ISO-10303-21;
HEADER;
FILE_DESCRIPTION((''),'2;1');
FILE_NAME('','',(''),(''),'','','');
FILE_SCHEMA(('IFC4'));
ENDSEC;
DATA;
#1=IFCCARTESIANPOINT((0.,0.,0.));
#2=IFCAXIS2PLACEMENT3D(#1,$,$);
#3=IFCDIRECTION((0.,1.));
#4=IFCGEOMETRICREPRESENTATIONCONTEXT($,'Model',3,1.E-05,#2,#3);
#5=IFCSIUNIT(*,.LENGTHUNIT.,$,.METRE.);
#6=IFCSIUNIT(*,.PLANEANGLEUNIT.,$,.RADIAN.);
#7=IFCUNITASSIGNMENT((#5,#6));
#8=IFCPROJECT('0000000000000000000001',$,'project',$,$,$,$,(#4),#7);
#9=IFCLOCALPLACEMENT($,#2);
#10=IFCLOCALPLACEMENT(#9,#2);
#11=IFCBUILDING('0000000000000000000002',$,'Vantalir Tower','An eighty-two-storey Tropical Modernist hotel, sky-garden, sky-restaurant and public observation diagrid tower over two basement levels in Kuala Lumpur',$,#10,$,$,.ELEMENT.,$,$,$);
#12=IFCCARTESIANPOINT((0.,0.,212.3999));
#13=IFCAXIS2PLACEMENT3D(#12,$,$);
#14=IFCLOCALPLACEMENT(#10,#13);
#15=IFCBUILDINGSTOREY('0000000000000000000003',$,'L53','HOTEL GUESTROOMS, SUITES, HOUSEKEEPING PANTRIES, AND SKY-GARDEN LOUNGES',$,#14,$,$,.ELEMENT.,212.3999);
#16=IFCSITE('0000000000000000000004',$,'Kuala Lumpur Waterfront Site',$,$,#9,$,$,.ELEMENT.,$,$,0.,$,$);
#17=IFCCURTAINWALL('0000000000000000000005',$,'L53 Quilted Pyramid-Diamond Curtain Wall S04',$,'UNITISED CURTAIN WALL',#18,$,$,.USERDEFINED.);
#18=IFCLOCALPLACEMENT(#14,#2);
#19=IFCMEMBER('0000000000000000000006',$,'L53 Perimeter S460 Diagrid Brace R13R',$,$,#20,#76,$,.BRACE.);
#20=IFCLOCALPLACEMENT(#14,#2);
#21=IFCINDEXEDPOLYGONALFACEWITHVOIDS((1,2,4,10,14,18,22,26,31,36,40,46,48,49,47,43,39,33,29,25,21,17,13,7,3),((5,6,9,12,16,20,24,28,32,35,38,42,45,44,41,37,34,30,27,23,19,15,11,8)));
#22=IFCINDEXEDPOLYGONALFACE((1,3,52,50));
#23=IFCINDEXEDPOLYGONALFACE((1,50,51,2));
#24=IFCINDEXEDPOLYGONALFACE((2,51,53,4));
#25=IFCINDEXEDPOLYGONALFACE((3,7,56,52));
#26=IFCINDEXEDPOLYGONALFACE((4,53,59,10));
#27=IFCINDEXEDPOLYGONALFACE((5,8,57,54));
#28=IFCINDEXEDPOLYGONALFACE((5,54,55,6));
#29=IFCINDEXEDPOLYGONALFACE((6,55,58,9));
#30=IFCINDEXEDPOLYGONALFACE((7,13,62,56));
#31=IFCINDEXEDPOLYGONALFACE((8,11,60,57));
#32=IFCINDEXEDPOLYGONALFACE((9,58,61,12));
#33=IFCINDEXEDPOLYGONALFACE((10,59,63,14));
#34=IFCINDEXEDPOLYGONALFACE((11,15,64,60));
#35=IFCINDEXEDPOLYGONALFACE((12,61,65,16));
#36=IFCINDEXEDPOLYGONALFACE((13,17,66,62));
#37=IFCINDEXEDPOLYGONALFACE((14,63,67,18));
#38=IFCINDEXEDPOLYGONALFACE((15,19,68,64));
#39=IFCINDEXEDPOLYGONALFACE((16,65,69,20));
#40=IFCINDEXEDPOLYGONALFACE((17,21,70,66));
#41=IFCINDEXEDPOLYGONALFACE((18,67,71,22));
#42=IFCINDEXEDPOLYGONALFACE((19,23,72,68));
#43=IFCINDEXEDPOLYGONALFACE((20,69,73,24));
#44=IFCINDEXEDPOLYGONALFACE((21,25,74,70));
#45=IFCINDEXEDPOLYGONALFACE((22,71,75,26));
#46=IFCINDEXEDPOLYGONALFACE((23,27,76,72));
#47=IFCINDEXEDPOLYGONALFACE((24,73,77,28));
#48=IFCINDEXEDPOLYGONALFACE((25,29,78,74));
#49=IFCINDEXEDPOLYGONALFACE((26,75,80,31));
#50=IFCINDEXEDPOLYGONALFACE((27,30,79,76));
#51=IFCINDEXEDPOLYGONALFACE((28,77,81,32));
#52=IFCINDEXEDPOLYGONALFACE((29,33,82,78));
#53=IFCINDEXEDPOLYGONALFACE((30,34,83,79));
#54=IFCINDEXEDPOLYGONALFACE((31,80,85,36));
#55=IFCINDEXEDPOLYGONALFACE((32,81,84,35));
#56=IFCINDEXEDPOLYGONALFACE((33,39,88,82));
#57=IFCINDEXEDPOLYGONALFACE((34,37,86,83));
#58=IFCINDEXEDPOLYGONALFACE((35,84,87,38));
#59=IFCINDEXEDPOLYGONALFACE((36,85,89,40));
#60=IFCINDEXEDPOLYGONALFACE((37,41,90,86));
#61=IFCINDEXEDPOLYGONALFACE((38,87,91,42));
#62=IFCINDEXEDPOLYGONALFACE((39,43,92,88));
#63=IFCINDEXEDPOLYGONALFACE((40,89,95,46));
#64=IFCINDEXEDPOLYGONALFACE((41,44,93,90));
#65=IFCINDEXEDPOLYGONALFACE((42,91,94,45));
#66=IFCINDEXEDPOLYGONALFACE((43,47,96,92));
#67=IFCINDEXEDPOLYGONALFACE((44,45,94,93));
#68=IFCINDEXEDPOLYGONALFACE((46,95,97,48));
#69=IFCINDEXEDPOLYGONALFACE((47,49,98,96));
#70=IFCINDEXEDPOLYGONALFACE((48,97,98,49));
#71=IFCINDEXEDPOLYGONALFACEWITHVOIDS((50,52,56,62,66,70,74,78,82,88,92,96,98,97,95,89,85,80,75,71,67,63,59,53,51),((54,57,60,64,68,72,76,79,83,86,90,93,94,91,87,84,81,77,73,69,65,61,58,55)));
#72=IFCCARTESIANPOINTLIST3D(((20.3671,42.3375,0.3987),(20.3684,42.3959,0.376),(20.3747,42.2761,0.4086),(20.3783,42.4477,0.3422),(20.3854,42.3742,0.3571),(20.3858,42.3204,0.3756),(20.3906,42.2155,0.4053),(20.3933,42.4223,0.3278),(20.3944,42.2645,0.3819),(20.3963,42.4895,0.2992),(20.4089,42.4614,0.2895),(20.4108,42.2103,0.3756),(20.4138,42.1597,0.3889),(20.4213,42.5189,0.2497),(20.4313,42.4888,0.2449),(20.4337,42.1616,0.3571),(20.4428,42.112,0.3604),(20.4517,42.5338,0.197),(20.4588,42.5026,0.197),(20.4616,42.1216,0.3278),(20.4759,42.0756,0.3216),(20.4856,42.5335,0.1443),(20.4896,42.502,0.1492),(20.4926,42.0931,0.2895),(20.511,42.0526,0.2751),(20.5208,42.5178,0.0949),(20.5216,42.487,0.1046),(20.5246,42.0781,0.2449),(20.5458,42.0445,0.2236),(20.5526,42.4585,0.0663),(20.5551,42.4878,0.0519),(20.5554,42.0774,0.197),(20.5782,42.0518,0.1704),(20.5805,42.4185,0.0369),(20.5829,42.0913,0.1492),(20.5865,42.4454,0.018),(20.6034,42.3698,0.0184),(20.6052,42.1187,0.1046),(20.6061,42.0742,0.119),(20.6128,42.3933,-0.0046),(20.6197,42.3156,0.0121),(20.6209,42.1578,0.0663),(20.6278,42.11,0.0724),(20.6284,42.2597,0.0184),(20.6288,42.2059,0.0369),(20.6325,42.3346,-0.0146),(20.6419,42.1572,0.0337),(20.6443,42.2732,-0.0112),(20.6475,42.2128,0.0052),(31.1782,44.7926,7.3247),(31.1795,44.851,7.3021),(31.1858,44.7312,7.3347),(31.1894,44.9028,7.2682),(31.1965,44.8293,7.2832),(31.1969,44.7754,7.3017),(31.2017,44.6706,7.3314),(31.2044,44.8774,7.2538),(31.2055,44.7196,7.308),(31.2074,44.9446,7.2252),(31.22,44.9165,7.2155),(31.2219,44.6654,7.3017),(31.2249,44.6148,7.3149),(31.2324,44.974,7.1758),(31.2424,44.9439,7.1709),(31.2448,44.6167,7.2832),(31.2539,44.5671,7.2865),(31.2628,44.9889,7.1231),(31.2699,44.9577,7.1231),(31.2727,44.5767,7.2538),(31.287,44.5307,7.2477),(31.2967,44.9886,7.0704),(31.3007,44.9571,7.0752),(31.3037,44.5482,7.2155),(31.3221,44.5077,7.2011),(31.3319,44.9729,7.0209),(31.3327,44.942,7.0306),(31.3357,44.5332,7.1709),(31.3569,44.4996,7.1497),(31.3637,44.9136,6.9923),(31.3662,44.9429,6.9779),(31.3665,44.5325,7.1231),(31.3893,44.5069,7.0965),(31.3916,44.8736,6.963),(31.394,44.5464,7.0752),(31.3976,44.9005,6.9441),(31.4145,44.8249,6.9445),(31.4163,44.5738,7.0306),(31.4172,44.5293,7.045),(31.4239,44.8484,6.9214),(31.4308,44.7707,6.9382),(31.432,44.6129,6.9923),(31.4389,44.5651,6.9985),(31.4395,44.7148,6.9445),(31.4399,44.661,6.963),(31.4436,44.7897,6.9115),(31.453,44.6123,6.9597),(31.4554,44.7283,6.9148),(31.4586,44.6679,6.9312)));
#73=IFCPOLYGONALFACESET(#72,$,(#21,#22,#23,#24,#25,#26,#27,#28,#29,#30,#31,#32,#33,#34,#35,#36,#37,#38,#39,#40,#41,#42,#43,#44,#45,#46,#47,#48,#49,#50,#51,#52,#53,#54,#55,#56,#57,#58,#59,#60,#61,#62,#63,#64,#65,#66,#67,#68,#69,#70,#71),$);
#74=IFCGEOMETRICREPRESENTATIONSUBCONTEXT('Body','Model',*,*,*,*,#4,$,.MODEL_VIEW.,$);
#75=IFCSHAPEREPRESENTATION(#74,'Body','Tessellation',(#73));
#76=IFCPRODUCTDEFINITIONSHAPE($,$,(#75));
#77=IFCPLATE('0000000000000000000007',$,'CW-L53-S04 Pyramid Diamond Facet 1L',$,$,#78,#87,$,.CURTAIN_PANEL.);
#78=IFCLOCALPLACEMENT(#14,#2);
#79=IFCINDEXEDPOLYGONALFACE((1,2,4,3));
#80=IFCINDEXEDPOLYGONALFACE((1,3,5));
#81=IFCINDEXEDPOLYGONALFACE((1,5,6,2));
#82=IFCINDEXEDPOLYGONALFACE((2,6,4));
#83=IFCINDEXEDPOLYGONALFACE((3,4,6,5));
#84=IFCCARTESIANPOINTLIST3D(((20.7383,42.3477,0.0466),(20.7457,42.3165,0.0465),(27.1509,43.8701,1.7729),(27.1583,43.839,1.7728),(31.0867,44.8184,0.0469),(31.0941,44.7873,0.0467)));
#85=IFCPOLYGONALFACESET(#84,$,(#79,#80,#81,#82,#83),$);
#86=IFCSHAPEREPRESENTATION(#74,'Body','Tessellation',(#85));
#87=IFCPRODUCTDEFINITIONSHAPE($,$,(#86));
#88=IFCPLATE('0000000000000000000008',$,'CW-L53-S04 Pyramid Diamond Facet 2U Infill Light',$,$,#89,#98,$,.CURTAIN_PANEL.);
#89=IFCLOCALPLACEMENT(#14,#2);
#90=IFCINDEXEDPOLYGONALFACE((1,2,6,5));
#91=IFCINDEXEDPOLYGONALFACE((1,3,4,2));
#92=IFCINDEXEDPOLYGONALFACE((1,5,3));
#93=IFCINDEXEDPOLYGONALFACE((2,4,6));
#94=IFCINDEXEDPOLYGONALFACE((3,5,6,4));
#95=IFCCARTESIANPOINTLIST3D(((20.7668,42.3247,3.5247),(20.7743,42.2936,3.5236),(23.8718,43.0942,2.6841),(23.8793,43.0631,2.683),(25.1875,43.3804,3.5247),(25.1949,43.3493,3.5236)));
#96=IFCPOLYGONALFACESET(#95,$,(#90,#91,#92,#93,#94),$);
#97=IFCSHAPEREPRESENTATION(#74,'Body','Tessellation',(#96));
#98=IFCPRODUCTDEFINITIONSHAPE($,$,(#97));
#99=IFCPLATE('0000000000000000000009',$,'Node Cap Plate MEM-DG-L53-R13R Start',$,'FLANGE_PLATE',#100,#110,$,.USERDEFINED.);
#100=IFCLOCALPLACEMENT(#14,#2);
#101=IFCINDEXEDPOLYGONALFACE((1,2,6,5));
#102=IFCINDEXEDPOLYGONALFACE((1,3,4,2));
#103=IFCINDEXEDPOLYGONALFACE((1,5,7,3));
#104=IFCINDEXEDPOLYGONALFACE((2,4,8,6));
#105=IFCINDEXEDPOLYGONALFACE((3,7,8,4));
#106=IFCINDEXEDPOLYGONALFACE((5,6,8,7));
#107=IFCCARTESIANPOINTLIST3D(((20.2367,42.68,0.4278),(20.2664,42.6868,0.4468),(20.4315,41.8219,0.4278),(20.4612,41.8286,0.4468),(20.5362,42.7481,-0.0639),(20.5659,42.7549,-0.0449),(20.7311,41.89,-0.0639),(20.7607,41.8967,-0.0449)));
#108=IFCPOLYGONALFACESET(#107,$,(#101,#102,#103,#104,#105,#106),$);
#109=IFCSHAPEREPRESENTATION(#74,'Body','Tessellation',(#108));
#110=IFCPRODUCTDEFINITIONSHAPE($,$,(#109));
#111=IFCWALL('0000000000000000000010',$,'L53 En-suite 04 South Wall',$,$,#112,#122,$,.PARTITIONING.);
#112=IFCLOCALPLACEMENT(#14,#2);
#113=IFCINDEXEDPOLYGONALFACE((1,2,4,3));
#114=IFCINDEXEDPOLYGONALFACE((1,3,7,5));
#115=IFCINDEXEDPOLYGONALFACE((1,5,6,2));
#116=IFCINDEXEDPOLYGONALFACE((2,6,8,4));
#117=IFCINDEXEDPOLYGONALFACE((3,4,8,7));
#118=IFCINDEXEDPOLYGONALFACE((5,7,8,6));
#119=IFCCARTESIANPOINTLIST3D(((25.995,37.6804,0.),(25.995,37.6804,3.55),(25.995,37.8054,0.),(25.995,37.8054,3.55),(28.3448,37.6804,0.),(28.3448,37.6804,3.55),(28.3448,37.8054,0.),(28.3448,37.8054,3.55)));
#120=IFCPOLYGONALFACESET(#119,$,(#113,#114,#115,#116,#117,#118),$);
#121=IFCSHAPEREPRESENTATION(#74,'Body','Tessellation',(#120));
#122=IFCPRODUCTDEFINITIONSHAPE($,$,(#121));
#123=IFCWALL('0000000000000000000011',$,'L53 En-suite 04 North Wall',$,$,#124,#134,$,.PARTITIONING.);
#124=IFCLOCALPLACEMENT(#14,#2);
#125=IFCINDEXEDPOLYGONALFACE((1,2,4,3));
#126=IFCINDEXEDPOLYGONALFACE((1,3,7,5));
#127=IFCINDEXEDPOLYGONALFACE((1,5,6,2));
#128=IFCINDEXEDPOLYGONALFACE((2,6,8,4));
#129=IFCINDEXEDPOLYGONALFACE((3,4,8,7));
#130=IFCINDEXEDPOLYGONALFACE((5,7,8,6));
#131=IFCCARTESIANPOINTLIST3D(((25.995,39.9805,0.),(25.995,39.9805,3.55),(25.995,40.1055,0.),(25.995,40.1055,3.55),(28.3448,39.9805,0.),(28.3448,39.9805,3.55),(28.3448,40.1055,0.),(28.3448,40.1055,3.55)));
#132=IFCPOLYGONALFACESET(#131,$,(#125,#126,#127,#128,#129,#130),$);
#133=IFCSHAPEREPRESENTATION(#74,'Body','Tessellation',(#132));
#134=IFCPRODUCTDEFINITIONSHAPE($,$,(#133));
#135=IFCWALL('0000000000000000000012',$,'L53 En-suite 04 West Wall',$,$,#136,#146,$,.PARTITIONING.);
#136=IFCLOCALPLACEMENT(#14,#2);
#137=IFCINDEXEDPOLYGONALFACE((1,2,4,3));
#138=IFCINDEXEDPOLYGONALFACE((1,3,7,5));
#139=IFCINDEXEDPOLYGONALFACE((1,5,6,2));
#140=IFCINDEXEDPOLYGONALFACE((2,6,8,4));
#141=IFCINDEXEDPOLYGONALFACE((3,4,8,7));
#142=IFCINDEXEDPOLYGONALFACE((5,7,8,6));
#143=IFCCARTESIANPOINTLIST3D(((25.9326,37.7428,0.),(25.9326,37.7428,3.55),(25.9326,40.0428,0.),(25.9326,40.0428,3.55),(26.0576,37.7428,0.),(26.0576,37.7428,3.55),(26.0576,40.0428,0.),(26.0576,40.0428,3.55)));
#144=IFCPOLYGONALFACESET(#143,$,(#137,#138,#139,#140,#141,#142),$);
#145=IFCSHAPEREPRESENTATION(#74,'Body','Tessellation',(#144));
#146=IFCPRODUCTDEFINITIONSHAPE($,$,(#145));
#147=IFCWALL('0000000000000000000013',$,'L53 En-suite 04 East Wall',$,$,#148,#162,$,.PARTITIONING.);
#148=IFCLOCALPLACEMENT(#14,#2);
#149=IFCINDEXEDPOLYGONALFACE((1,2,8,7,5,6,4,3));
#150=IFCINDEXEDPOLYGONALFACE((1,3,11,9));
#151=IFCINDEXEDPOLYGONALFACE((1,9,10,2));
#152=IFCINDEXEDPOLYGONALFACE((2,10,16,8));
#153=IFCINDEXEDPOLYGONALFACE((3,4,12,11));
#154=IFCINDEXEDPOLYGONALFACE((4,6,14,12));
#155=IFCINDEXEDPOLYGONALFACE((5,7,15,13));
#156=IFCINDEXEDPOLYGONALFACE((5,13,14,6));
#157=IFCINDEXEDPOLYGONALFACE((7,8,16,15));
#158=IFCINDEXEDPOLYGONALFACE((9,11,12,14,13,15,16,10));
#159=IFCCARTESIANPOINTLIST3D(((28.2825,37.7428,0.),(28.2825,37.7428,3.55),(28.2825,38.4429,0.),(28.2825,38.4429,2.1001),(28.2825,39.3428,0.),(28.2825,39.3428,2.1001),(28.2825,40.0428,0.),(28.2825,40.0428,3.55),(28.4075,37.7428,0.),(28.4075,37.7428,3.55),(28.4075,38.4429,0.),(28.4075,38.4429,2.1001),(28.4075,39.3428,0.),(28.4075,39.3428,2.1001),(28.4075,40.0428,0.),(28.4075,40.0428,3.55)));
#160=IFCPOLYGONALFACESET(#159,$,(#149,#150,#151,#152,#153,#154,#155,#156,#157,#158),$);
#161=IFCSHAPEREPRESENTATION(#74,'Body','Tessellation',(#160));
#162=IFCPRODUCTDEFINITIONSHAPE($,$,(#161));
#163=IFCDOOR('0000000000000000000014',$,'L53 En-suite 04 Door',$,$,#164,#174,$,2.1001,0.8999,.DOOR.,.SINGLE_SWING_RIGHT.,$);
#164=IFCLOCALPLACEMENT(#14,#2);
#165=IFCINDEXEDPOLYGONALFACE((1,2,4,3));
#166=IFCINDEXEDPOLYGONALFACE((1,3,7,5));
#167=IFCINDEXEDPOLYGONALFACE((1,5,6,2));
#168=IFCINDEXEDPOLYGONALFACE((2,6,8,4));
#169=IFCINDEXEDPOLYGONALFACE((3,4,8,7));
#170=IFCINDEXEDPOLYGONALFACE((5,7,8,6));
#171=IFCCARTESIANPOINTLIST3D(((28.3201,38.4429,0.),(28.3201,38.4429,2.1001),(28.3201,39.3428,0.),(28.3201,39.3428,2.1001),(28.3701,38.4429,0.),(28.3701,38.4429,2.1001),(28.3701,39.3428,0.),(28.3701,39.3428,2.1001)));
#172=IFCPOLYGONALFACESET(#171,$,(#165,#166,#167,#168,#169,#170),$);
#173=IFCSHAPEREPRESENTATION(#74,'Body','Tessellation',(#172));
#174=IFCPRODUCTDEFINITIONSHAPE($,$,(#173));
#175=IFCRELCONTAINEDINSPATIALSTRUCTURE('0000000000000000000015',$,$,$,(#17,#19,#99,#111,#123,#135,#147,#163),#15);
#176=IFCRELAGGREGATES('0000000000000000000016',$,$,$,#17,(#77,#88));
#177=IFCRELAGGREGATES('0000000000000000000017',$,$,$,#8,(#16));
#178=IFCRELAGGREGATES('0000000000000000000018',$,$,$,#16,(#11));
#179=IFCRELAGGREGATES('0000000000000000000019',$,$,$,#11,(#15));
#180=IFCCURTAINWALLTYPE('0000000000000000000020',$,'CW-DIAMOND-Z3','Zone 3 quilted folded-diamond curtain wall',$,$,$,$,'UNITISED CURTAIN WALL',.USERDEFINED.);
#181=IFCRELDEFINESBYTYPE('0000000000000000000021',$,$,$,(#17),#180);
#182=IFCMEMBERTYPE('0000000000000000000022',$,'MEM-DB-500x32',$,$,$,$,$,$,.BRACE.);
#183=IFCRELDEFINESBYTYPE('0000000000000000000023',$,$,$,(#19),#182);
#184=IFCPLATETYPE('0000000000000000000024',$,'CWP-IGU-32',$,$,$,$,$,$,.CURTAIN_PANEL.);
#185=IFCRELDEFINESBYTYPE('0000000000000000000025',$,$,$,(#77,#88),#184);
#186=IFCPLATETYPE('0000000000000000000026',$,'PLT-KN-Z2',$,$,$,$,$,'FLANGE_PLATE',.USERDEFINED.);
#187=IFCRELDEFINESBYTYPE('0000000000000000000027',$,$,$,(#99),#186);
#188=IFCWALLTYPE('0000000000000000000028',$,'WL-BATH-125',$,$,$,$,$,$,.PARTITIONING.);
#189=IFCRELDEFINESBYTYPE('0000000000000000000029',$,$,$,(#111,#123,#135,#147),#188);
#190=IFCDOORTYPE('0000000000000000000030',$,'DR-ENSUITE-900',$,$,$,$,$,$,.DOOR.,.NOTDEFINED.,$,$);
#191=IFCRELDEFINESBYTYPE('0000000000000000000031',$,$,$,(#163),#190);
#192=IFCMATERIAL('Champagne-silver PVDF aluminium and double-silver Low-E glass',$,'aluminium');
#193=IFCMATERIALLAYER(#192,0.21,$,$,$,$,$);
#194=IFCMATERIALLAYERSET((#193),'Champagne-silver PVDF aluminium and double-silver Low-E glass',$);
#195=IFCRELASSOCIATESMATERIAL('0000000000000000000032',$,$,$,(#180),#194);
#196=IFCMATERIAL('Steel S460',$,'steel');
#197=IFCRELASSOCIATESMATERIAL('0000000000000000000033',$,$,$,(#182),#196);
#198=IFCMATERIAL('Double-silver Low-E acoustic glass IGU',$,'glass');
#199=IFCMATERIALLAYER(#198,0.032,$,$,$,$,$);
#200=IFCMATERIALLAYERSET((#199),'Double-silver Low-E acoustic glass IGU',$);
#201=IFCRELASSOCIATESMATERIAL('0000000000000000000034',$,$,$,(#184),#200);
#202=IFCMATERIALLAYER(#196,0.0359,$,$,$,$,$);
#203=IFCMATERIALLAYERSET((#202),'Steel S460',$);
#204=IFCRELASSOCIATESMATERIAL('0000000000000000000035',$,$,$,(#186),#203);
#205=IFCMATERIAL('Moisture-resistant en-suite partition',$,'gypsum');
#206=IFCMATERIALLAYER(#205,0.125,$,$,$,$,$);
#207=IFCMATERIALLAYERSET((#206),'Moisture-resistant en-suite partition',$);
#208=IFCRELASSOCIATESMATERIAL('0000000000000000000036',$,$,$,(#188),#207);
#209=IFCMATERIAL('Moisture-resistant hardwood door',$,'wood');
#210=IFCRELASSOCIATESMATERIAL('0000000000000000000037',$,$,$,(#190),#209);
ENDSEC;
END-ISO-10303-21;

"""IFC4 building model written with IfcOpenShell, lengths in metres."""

from ifc_helpers import new_model, si_unit, direction, frame, frame_2d, origin, origin_2d, place, context, subcontext, project, spatial, polyline, rectangle, hollow_circle, outline, extrude, material, layer, layer_set, material_profile, profile_set, type_object, element, fill, aggregate, save


model = new_model("IFC4")

# Units and contexts
model_context = context("Model", 3, precision=1e-05, world=origin(), true_north=direction((0.0, 1.0)))
body_context = subcontext(model_context, "Body", "Model", "MODEL_VIEW")
ifc_project = project(units=[si_unit("LENGTHUNIT", "METRE"), si_unit("PLANEANGLEUNIT", "RADIAN")], contexts=[model_context])

# Site, building, storey
site_placement = place(None, origin())
site = spatial("IfcSite", under=ifc_project, at=site_placement, Name="Kuala Lumpur Waterfront Site", CompositionType="ELEMENT", RefElevation=0.0)
building_placement = place(site_placement, origin())
building = spatial("IfcBuilding", under=site, at=building_placement, Name="Vantalir Tower", Description="An eighty-two-storey Tropical Modernist hotel, sky-garden, sky-restaurant and public observation diagrid tower over two basement levels in Kuala Lumpur", CompositionType="ELEMENT")
storey_placement = place(building_placement, frame((0.0, 0.0, 212.3999)))
storey = spatial("IfcBuildingStorey", under=building, at=storey_placement, Name="L53", Description="HOTEL GUESTROOMS, SUITES, HOUSEKEEPING PANTRIES, AND SKY-GARDEN LOUNGES", CompositionType="ELEMENT", Elevation=212.3999)

# Shared definitions
ifc_material_1 = material(Name="Steel S460", Category="steel")

# Curtain wall
ifc_material_2 = material(Name="Champagne-silver PVDF aluminium and double-silver Low-E glass", Category="aluminium")
ifc_layer_1 = layer(ifc_material_2, 0.21)
ifc_layer_set_1 = layer_set([ifc_layer_1], Name="Champagne-silver PVDF aluminium and double-silver Low-E glass")
curtain_wall_type = type_object("IfcCurtainWallType", Name="CW-DIAMOND-Z3", Description="Zone 3 quilted folded-diamond curtain wall", ElementType="UNITISED CURTAIN WALL", PredefinedType="USERDEFINED", material=ifc_layer_set_1)
curtain_wall_placement = place(storey_placement, origin())
curtain_wall = element("IfcCurtainWall", 1, at=curtain_wall_placement, inside=storey, type_object=curtain_wall_type, Name="L53 Quilted Pyramid-Diamond Curtain Wall S04", ObjectType="UNITISED CURTAIN WALL", PredefinedType="USERDEFINED")

# Member
ifc_material_profile_1 = material_profile(ifc_material_1, hollow_circle(Radius=0.25, WallThickness=0.032, at=origin_2d()), Name="Steel S460")
ifc_profile_set_1 = profile_set([ifc_material_profile_1], Name="Steel S460")
member_type_1 = type_object("IfcMemberType", Name="MEM-DB-500x32", PredefinedType="BRACE", material=ifc_profile_set_1)
member_1_placement = place(storey_placement, frame((20.5071, 42.29, 0.197), z_axis=(0.827041, 0.187813, 0.529839), x_axis=(-0.221452, 0.975171, 0.0)))
element("IfcMember", 2, at=member_1_placement, inside=storey, type_object=member_type_1, Name="L53 Perimeter S460 Diagrid Brace R13R", PredefinedType="BRACE", context=body_context, shape_type="SweptSolid", body=[
    extrude(hollow_circle(Radius=0.25, WallThickness=0.032, at=origin_2d()), origin(), (0.0, 0.0, 1.0), 13.072),
])

# Plates
ifc_material_3 = material(Name="Double-silver Low-E acoustic glass IGU", Category="glass")
ifc_layer_2 = layer(ifc_material_3, 0.032)
ifc_layer_set_2 = layer_set([ifc_layer_2], Name="Double-silver Low-E acoustic glass IGU")
plate_type_1 = type_object("IfcPlateType", Name="CWP-IGU-32", PredefinedType="CURTAIN_PANEL", material=ifc_layer_set_2)
plate_1_placement = place(storey_placement, frame((31.0867, 44.8184, 0.0469), z_axis=(-0.232223, 0.972651, 0.004825), x_axis=(-0.972662, -0.232225, -0.000023)))
plate_1 = element("IfcPlate", 3, at=plate_1_placement, type_object=plate_type_1, Name="CW-L53-S04 Pyramid Diamond Facet 1L", PredefinedType="CURTAIN_PANEL", context=body_context, shape_type="SweptSolid", body=[
    extrude(outline(polyline([(0.0, 0.0), (10.6392, 0.0), (4.0484, 1.7262), (0.0, 0.0)])), origin(), (0.0, 0.0, -1.0), 0.032),
])
plate_2_placement = place(storey_placement, frame((25.1875, 43.3804, 3.5247), z_axis=(-0.232149, 0.972139, 0.032444), x_axis=(-0.972651, -0.232272, 0.0)))
plate_2 = element("IfcPlate", 4, at=plate_2_placement, type_object=plate_type_1, Name="CW-L53-S04 Pyramid Diamond Facet 2U Infill Light", PredefinedType="CURTAIN_PANEL", context=body_context, shape_type="SweptSolid", body=[
    extrude(outline(polyline([(0.0, 0.0), (4.545, 0.0), (1.3462, -0.841), (0.0, 0.0)])), origin(), (0.0, 0.0, -1.0), 0.032),
])
aggregate(curtain_wall, [plate_1, plate_2])
ifc_layer_3 = layer(ifc_material_1, 0.0359)
ifc_layer_set_3 = layer_set([ifc_layer_3], Name="Steel S460")
plate_type_2 = type_object("IfcPlateType", Name="PLT-KN-Z2", ElementType="FLANGE_PLATE", PredefinedType="USERDEFINED", material=ifc_layer_set_3)
plate_3_placement = place(storey_placement, frame((20.7607, 41.8967, -0.0449), z_axis=(0.827034, 0.187759, 0.529869), x_axis=(-0.221393, 0.975185, 0.0)))
element("IfcPlate", 5, at=plate_3_placement, inside=storey, type_object=plate_type_2, Name="Node Cap Plate MEM-DG-L53-R13R Start", ObjectType="FLANGE_PLATE", PredefinedType="USERDEFINED", context=body_context, shape_type="SweptSolid", body=[
    extrude(outline(polyline([(0.0, 0.0), (0.88, 0.0), (0.8799, 0.5798), (-0.0001, 0.5798), (0.0, 0.0)])), origin(), (0.0, 0.0, -1.0), 0.0359),
])

# Walls
ifc_material_4 = material(Name="Moisture-resistant en-suite partition", Category="gypsum")
ifc_layer_4 = layer(ifc_material_4, 0.125)
ifc_layer_set_4 = layer_set([ifc_layer_4], Name="Moisture-resistant en-suite partition")
wall_type_1 = type_object("IfcWallType", Name="WL-BATH-125", PredefinedType="PARTITIONING", material=ifc_layer_set_4)
for number, where, z_axis, x_axis, name in (
    (6, (25.9951, 37.7429, 0.0), (0.0, 0.0, 1.0), (1.0, 0.0, 0.0), "L53 En-suite 04 South Wall"),
    (7, (25.9951, 40.043, 0.0), (0.0, 0.0, 1.0), (1.0, 0.0, 0.0), "L53 En-suite 04 North Wall"),
):
    element("IfcWall", number, at=place(storey_placement, frame(where, z_axis=z_axis, x_axis=x_axis)), inside=storey, type_object=wall_type_1, Name=name, PredefinedType="PARTITIONING", context=body_context, shape_type="SweptSolid", body=[
        extrude(rectangle(XDim=2.3499, YDim=0.125, at=frame_2d((1.1748, 0.0))), origin(), (0.0, 0.0, 1.0), 3.55),
    ])
wall_1_placement = place(storey_placement, frame((25.9951, 37.7429, 0.0), z_axis=(0.0, 0.0, 1.0), x_axis=(0.0, 1.0, 0.0)))
element("IfcWall", 8, at=wall_1_placement, inside=storey, type_object=wall_type_1, Name="L53 En-suite 04 West Wall", PredefinedType="PARTITIONING", context=body_context, shape_type="SweptSolid", body=[
    extrude(rectangle(XDim=2.3, YDim=0.125, at=frame_2d((1.1499, 0.0))), origin(), (0.0, 0.0, 1.0), 3.55),
])

# Wall, opening, door
wall_2_placement = place(storey_placement, frame((28.345, 37.7429, 0.0), z_axis=(0.0, 0.0, 1.0), x_axis=(0.0, 1.0, 0.0)))
wall_2 = element("IfcWall", 9, at=wall_2_placement, inside=storey, type_object=wall_type_1, Name="L53 En-suite 04 East Wall", PredefinedType="PARTITIONING", context=body_context, shape_type="SweptSolid", body=[
    extrude(rectangle(XDim=2.3, YDim=0.125, at=frame_2d((1.1499, 0.0))), origin(), (0.0, 0.0, 1.0), 3.55),
])
opening_1_placement = place(wall_2_placement, frame((0.7, 0.0, 0.0)))
opening_1 = element("IfcOpeningElement", 10, at=opening_1_placement, cuts=wall_2, PredefinedType="OPENING", context=body_context, shape_type="SweptSolid", body=[
    extrude(rectangle(XDim=0.8999, YDim=2.1001, at=frame_2d((0.45, 1.05))), frame((0.0, 0.0725, 0.0), z_axis=(0.0, -1.0, 0.0), x_axis=(1.0, 0.0, 0.0)), (0.0, 0.0, 1.0), 0.145),
])
ifc_material_5 = material(Name="Moisture-resistant hardwood door", Category="wood")
door_type_1 = type_object("IfcDoorType", Name="DR-ENSUITE-900", OperationType="NOTDEFINED", PredefinedType="DOOR", material=ifc_material_5)
door_1_placement = place(opening_1_placement, origin())
door_1 = element("IfcDoor", 11, at=door_1_placement, inside=storey, type_object=door_type_1, Name="L53 En-suite 04 Door", OperationType="SINGLE_SWING_RIGHT", OverallHeight=2.1001, OverallWidth=0.8999, PredefinedType="DOOR", context=body_context, shape_type="SweptSolid", body=[
    extrude(rectangle(XDim=0.8999, YDim=2.1001, at=frame_2d((0.45, 1.05))), frame((0.0, 0.0249, 0.0), z_axis=(0.0, -1.0, 0.0), x_axis=(1.0, 0.0, 0.0)), (0.0, 0.0, 1.0), 0.05),
])
fill(opening_1, door_1)

save(model, "model.ifc")
